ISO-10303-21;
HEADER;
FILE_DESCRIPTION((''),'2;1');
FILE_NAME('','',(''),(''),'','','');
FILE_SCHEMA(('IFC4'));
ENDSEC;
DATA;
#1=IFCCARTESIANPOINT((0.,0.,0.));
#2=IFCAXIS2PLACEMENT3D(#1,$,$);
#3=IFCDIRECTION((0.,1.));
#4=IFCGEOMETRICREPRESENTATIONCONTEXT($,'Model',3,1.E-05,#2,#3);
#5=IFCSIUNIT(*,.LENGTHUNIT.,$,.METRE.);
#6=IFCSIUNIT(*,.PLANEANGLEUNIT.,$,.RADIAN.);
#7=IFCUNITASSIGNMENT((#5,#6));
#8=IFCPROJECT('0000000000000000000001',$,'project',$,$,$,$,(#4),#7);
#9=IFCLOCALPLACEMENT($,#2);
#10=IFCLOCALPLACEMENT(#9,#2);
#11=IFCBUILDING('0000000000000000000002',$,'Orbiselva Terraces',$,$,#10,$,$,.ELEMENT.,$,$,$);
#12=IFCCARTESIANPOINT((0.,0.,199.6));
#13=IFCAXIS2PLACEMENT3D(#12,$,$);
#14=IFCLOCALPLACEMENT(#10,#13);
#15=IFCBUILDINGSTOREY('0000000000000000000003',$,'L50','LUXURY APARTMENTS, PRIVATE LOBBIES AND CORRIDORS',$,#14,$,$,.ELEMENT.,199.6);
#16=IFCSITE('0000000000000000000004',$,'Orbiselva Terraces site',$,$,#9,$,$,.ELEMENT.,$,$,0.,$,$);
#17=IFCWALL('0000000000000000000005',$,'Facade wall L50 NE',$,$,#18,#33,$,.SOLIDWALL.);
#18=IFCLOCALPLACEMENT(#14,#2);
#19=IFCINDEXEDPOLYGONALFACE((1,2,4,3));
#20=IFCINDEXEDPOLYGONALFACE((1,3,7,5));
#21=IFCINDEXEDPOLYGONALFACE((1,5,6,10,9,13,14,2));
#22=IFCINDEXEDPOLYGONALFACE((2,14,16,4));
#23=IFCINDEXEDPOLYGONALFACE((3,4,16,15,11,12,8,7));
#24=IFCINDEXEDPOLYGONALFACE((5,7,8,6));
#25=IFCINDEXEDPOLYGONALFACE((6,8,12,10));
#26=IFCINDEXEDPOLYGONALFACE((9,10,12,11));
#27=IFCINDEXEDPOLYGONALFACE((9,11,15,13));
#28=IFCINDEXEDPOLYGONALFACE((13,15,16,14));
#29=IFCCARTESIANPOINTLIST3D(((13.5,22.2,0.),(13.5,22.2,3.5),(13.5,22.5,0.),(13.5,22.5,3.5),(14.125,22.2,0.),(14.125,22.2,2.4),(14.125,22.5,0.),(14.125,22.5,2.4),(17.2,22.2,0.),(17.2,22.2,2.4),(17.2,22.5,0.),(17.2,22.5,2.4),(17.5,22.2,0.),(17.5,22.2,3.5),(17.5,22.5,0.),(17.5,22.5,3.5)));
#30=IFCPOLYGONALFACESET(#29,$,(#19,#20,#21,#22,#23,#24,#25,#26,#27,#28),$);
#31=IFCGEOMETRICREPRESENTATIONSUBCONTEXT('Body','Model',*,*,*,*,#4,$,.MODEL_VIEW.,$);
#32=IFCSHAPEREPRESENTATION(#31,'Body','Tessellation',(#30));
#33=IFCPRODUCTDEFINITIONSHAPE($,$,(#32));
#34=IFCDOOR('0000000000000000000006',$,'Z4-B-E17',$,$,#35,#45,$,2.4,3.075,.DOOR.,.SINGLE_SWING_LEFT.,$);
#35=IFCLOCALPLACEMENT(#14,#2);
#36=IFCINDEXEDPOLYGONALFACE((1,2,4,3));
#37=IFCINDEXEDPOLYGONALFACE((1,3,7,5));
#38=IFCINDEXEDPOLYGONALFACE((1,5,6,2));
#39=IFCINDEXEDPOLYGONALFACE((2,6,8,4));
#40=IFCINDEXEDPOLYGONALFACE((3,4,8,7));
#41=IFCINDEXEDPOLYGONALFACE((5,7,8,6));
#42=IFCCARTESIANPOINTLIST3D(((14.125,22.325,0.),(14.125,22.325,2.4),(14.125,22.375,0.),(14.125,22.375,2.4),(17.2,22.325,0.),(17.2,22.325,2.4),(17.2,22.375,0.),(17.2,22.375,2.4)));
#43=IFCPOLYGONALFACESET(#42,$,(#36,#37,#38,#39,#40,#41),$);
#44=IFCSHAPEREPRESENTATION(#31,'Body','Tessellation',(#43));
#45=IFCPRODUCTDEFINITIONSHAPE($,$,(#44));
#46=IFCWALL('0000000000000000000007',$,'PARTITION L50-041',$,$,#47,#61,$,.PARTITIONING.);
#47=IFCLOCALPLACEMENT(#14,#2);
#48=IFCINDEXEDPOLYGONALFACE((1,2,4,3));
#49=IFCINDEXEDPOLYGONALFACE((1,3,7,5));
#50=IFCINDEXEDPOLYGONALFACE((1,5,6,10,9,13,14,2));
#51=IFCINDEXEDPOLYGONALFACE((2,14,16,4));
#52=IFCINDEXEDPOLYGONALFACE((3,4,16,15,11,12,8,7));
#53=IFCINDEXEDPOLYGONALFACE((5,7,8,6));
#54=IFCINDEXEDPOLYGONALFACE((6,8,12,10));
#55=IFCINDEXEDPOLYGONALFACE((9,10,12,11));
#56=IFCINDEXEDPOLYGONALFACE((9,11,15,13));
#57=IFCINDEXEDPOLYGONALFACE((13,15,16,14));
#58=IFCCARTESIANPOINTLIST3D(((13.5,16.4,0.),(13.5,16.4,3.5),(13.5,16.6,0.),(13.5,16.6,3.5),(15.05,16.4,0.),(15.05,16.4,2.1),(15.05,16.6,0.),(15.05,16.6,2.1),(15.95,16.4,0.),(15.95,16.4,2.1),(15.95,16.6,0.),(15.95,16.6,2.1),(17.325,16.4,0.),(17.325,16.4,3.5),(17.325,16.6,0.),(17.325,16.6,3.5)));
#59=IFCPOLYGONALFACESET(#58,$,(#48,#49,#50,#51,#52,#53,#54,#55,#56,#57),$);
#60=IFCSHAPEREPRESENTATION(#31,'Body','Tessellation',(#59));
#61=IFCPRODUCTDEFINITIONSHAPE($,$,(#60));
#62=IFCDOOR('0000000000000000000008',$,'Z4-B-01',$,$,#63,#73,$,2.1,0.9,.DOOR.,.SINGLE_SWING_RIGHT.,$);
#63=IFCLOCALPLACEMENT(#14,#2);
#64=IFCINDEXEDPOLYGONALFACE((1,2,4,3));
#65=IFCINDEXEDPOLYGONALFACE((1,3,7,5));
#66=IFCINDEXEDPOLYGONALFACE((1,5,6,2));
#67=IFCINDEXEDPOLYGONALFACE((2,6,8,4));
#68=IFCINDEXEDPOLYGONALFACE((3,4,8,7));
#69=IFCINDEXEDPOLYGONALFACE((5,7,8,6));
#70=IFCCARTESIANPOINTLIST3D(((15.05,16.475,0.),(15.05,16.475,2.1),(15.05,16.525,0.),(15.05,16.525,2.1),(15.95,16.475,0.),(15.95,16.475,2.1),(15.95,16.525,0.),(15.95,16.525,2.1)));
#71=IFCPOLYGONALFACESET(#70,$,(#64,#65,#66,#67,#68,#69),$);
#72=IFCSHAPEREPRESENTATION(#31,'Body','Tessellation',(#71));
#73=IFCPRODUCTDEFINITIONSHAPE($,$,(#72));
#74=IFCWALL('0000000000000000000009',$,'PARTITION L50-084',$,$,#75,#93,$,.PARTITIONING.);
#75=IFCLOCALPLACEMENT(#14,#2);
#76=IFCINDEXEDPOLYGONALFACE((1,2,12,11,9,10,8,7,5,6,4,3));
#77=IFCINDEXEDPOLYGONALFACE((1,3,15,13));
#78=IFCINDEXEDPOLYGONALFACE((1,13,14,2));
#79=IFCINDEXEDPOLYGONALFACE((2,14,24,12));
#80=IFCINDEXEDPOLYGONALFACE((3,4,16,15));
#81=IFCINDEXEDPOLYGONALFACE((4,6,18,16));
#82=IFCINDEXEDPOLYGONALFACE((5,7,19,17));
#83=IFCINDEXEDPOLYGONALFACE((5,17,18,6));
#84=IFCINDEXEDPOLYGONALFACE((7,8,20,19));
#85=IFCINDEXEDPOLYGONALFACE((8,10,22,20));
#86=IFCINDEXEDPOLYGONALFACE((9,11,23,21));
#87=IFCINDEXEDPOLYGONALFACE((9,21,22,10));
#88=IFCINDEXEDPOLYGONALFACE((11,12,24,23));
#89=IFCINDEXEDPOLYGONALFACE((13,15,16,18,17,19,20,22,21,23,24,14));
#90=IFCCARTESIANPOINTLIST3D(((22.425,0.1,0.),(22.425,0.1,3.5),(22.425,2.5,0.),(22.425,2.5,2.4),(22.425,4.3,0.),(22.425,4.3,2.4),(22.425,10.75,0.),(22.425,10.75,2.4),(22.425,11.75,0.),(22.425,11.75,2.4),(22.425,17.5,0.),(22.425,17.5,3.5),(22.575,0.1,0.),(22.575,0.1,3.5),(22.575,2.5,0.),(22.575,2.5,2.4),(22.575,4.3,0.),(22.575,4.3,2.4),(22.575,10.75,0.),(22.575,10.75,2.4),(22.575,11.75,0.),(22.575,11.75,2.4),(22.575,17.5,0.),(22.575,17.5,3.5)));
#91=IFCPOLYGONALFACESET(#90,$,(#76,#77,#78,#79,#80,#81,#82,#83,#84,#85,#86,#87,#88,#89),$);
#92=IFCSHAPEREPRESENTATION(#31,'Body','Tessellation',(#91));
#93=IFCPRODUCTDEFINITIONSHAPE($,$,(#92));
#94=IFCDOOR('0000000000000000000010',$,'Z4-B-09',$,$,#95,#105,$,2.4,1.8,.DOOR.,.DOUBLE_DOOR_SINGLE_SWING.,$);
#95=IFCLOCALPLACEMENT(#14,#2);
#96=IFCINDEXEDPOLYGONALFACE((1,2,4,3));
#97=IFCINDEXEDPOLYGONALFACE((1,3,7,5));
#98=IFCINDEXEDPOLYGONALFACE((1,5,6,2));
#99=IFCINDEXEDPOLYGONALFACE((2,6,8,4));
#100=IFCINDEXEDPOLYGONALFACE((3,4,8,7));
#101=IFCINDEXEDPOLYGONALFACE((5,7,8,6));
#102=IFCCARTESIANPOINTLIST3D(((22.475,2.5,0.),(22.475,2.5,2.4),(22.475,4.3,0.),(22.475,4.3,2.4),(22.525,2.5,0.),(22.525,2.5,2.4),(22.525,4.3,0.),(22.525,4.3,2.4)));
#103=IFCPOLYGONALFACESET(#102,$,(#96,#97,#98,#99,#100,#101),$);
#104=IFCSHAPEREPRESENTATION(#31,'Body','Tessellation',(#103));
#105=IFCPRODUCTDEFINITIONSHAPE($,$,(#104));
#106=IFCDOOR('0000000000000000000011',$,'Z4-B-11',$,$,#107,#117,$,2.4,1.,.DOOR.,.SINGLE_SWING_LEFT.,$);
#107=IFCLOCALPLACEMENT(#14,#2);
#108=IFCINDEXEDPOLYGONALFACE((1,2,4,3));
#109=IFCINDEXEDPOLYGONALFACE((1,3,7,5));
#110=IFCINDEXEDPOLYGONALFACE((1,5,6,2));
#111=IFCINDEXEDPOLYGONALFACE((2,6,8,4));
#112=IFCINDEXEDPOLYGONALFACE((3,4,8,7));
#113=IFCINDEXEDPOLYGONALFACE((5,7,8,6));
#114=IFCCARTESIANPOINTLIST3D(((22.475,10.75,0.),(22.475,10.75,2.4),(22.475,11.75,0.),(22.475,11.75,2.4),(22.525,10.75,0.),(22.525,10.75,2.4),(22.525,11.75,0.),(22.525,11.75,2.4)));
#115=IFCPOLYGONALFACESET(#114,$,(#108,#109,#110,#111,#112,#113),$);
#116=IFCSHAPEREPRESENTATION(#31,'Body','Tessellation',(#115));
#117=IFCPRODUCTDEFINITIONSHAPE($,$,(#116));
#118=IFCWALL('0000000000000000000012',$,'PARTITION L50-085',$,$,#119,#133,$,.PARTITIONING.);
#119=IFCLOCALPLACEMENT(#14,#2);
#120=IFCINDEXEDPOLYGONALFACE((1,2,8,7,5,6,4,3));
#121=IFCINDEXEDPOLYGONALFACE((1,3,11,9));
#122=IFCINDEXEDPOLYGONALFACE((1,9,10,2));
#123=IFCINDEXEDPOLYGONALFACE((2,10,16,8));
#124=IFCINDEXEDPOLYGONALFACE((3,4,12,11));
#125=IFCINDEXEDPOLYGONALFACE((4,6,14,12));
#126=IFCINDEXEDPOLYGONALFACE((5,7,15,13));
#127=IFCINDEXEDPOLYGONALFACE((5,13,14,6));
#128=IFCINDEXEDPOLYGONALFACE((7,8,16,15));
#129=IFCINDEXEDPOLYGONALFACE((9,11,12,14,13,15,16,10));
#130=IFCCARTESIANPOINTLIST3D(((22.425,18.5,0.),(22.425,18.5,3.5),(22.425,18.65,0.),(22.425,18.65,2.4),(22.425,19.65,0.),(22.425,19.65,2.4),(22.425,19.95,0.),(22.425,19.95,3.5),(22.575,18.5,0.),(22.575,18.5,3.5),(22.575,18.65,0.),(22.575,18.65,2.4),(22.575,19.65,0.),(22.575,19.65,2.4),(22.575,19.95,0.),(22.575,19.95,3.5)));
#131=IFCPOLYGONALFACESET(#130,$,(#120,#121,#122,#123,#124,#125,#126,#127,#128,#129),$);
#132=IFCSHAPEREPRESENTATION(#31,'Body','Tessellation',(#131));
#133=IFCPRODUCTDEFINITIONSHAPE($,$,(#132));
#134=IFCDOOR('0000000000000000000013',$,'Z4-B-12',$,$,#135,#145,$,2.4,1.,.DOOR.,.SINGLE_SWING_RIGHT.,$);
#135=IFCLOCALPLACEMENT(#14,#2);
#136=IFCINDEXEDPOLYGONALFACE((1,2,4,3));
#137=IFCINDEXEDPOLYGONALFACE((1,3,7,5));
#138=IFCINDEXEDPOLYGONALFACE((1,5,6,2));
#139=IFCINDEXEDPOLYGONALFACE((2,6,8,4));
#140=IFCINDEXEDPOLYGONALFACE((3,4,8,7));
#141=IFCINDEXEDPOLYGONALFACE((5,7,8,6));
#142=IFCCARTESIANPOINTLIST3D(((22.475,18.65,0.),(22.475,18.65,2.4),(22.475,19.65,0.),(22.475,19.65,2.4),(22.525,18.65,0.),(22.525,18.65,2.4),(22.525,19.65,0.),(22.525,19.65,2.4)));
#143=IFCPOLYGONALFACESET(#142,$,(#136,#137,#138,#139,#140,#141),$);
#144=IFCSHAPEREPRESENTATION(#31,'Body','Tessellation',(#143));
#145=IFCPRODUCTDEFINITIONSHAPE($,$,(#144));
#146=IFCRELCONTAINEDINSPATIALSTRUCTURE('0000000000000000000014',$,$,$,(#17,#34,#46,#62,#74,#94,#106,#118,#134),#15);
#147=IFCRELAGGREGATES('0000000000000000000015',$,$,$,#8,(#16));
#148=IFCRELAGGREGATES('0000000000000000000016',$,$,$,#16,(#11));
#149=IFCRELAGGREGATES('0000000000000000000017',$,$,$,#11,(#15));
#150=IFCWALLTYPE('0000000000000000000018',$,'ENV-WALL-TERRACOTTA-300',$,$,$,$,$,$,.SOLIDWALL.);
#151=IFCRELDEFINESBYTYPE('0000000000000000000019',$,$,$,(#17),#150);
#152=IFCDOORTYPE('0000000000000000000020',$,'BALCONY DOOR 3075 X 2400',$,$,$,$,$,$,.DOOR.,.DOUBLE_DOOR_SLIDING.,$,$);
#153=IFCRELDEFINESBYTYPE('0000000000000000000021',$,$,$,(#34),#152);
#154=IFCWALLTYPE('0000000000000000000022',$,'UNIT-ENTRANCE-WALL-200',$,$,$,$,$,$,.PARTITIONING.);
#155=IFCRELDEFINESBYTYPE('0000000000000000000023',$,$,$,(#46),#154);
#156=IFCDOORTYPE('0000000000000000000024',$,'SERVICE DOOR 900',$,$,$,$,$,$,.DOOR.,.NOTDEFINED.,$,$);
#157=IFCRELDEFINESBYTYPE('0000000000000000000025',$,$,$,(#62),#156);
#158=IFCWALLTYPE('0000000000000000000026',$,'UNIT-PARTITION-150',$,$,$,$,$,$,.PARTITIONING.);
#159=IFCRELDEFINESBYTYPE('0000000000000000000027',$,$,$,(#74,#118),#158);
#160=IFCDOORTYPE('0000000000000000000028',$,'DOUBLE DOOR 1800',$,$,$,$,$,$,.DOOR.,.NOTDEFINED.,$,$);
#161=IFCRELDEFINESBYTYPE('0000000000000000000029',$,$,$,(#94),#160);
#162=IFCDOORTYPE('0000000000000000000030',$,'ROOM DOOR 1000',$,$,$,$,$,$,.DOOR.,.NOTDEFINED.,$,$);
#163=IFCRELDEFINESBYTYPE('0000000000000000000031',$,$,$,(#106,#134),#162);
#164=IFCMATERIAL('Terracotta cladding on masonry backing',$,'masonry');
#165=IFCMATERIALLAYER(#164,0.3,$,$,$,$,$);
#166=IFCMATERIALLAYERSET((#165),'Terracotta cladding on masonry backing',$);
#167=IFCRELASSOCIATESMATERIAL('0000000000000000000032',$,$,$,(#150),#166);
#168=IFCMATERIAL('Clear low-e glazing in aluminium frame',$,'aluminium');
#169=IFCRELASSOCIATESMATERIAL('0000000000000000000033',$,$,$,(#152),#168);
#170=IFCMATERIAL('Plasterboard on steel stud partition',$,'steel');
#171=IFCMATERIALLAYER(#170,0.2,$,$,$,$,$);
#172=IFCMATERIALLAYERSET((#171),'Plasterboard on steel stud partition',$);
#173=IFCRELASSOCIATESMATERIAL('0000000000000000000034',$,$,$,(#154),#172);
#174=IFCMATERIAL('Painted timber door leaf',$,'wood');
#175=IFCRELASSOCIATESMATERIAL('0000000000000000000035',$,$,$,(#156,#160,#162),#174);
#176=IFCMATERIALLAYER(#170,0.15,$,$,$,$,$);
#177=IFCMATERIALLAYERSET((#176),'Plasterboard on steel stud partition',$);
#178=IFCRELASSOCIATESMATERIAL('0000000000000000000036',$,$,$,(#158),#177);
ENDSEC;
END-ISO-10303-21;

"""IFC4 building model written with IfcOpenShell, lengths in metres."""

from ifc_helpers import new_model, si_unit, direction, frame, frame_2d, origin, place, context, subcontext, project, spatial, rectangle, extrude, material, layer, layer_set, type_object, element, fill, save


model = new_model("IFC4")

# Units and contexts
model_context = context("Model", 3, precision=1e-05, world=origin(), true_north=direction((0.0, 1.0)))
body_context = subcontext(model_context, "Body", "Model", "MODEL_VIEW")
ifc_project = project(units=[si_unit("LENGTHUNIT", "METRE"), si_unit("PLANEANGLEUNIT", "RADIAN")], contexts=[model_context])

# Site, building, storey
site_placement = place(None, origin())
site = spatial("IfcSite", under=ifc_project, at=site_placement, Name="Orbiselva Terraces site", CompositionType="ELEMENT", RefElevation=0.0)
building_placement = place(site_placement, origin())
building = spatial("IfcBuilding", under=site, at=building_placement, Name="Orbiselva Terraces", CompositionType="ELEMENT")
storey_placement = place(building_placement, frame((0.0, 0.0, 199.6)))
storey = spatial("IfcBuildingStorey", under=building, at=storey_placement, Name="L50", Description="LUXURY APARTMENTS, PRIVATE LOBBIES AND CORRIDORS", CompositionType="ELEMENT", Elevation=199.6)

# Shared definitions
ifc_material_1 = material(Name="Terracotta cladding on masonry backing", Category="masonry")
ifc_layer_1 = layer(ifc_material_1, 0.3)
ifc_layer_set_1 = layer_set([ifc_layer_1], Name="Terracotta cladding on masonry backing")
wall_type_1 = type_object("IfcWallType", Name="ENV-WALL-TERRACOTTA-300", PredefinedType="SOLIDWALL", material=ifc_layer_set_1)
ifc_material_2 = material(Name="Clear low-e glazing in aluminium frame", Category="aluminium")

# Walls, openings, doors
wall_1_placement = place(storey_placement, frame((13.5, 22.35, 0.0), z_axis=(0.0, 0.0, 1.0), x_axis=(1.0, 0.0, 0.0)))
wall_1 = element("IfcWall", 1, at=wall_1_placement, inside=storey, type_object=wall_type_1, Name="Facade wall L50 NE", PredefinedType="SOLIDWALL", context=body_context, shape_type="SweptSolid", body=[
    extrude(rectangle(XDim=4.0, YDim=0.3, at=frame_2d((2.0, 0.0))), origin(), (0.0, 0.0, 1.0), 3.5),
])
opening_1_placement = place(wall_1_placement, frame((0.625, 0.0, 0.0)))
opening_1 = element("IfcOpeningElement", 2, at=opening_1_placement, cuts=wall_1, PredefinedType="OPENING", context=body_context, shape_type="SweptSolid", body=[
    extrude(rectangle(XDim=3.075, YDim=2.4, at=frame_2d((1.5375, 1.2))), frame((0.0, 0.16, 0.0), z_axis=(0.0, -1.0, 0.0), x_axis=(1.0, 0.0, 0.0)), (0.0, 0.0, 1.0), 0.32),
])
door_type_1 = type_object("IfcDoorType", Name="BALCONY DOOR 3075 X 2400", OperationType="DOUBLE_DOOR_SLIDING", PredefinedType="DOOR", material=ifc_material_2)
door_1_placement = place(opening_1_placement, origin())
door_1 = element("IfcDoor", 3, at=door_1_placement, inside=storey, type_object=door_type_1, Name="Z4-B-E17", OperationType="SINGLE_SWING_LEFT", OverallHeight=2.4, OverallWidth=3.075, PredefinedType="DOOR", context=body_context, shape_type="SweptSolid", body=[
    extrude(rectangle(XDim=3.075, YDim=2.4, at=frame_2d((1.5375, 1.2))), frame((0.0, 0.025, 0.0), z_axis=(0.0, -1.0, 0.0), x_axis=(1.0, 0.0, 0.0)), (0.0, 0.0, 1.0), 0.05),
])
fill(opening_1, door_1)
ifc_material_3 = material(Name="Plasterboard on steel stud partition", Category="steel")
ifc_layer_2 = layer(ifc_material_3, 0.2)
ifc_layer_set_2 = layer_set([ifc_layer_2], Name="Plasterboard on steel stud partition")
wall_type_2 = type_object("IfcWallType", Name="UNIT-ENTRANCE-WALL-200", PredefinedType="PARTITIONING", material=ifc_layer_set_2)
wall_2_placement = place(storey_placement, frame((13.5, 16.5, 0.0), z_axis=(0.0, 0.0, 1.0), x_axis=(1.0, 0.0, 0.0)))
wall_2 = element("IfcWall", 4, at=wall_2_placement, inside=storey, type_object=wall_type_2, Name="PARTITION L50-041", PredefinedType="PARTITIONING", context=body_context, shape_type="SweptSolid", body=[
    extrude(rectangle(XDim=3.825, YDim=0.2, at=frame_2d((1.9125, 0.0))), origin(), (0.0, 0.0, 1.0), 3.5),
])
opening_2_placement = place(wall_2_placement, frame((1.55, 0.0, 0.0)))
opening_2 = element("IfcOpeningElement", 5, at=opening_2_placement, cuts=wall_2, PredefinedType="OPENING", context=body_context, shape_type="SweptSolid", body=[
    extrude(rectangle(XDim=0.9, YDim=2.1, at=frame_2d((0.45, 1.05))), frame((0.0, 0.11, 0.0), z_axis=(0.0, -1.0, 0.0), x_axis=(1.0, 0.0, 0.0)), (0.0, 0.0, 1.0), 0.22),
])
ifc_material_4 = material(Name="Painted timber door leaf", Category="wood")
door_type_2 = type_object("IfcDoorType", Name="SERVICE DOOR 900", OperationType="NOTDEFINED", PredefinedType="DOOR", material=ifc_material_4)
door_2_placement = place(opening_2_placement, origin())
door_2 = element("IfcDoor", 6, at=door_2_placement, inside=storey, type_object=door_type_2, Name="Z4-B-01", OperationType="SINGLE_SWING_RIGHT", OverallHeight=2.1, OverallWidth=0.9, PredefinedType="DOOR", context=body_context, shape_type="SweptSolid", body=[
    extrude(rectangle(XDim=0.9, YDim=2.1, at=frame_2d((0.45, 1.05))), frame((0.0, 0.025, 0.0), z_axis=(0.0, -1.0, 0.0), x_axis=(1.0, 0.0, 0.0)), (0.0, 0.0, 1.0), 0.05),
])
fill(opening_2, door_2)

# Wall, openings, doors
ifc_layer_3 = layer(ifc_material_3, 0.15)
ifc_layer_set_3 = layer_set([ifc_layer_3], Name="Plasterboard on steel stud partition")
wall_type_3 = type_object("IfcWallType", Name="UNIT-PARTITION-150", PredefinedType="PARTITIONING", material=ifc_layer_set_3)
wall_3_placement = place(storey_placement, frame((22.5, 17.5, 0.0), z_axis=(0.0, 0.0, 1.0), x_axis=(0.0, -1.0, 0.0)))
wall_3 = element("IfcWall", 7, at=wall_3_placement, inside=storey, type_object=wall_type_3, Name="PARTITION L50-084", PredefinedType="PARTITIONING", context=body_context, shape_type="SweptSolid", body=[
    extrude(rectangle(XDim=17.4, YDim=0.15, at=frame_2d((8.7, 0.0))), origin(), (0.0, 0.0, 1.0), 3.5),
])
opening_3_placement = place(wall_3_placement, frame((13.2, 0.0, 0.0)))
opening_3 = element("IfcOpeningElement", 8, at=opening_3_placement, cuts=wall_3, PredefinedType="OPENING", context=body_context, shape_type="SweptSolid", body=[
    extrude(rectangle(XDim=1.8, YDim=2.4, at=frame_2d((0.9, 1.2))), frame((0.0, 0.085, 0.0), z_axis=(0.0, -1.0, 0.0), x_axis=(1.0, 0.0, 0.0)), (0.0, 0.0, 1.0), 0.17),
])
opening_4_placement = place(wall_3_placement, frame((5.75, 0.0, 0.0)))
opening_4 = element("IfcOpeningElement", 9, at=opening_4_placement, cuts=wall_3, PredefinedType="OPENING", context=body_context, shape_type="SweptSolid", body=[
    extrude(rectangle(XDim=1.0, YDim=2.4, at=frame_2d((0.5, 1.2))), frame((0.0, 0.085, 0.0), z_axis=(0.0, -1.0, 0.0), x_axis=(1.0, 0.0, 0.0)), (0.0, 0.0, 1.0), 0.17),
])
door_type_3 = type_object("IfcDoorType", Name="DOUBLE DOOR 1800", OperationType="NOTDEFINED", PredefinedType="DOOR", material=ifc_material_4)
door_3_placement = place(opening_3_placement, origin())
door_3 = element("IfcDoor", 10, at=door_3_placement, inside=storey, type_object=door_type_3, Name="Z4-B-09", OperationType="DOUBLE_DOOR_SINGLE_SWING", OverallHeight=2.4, OverallWidth=1.8, PredefinedType="DOOR", context=body_context, shape_type="SweptSolid", body=[
    extrude(rectangle(XDim=1.8, YDim=2.4, at=frame_2d((0.9, 1.2))), frame((0.0, 0.025, 0.0), z_axis=(0.0, -1.0, 0.0), x_axis=(1.0, 0.0, 0.0)), (0.0, 0.0, 1.0), 0.05),
])
fill(opening_3, door_3)
door_type_4 = type_object("IfcDoorType", Name="ROOM DOOR 1000", OperationType="NOTDEFINED", PredefinedType="DOOR", material=ifc_material_4)
door_4_placement = place(opening_4_placement, origin())
door_4 = element("IfcDoor", 11, at=door_4_placement, inside=storey, type_object=door_type_4, Name="Z4-B-11", OperationType="SINGLE_SWING_LEFT", OverallHeight=2.4, OverallWidth=1.0, PredefinedType="DOOR", context=body_context, shape_type="SweptSolid", body=[
    extrude(rectangle(XDim=1.0, YDim=2.4, at=frame_2d((0.5, 1.2))), frame((0.0, 0.025, 0.0), z_axis=(0.0, -1.0, 0.0), x_axis=(1.0, 0.0, 0.0)), (0.0, 0.0, 1.0), 0.05),
])
fill(opening_4, door_4)

# Wall, opening, door
wall_4_placement = place(storey_placement, frame((22.5, 19.95, 0.0), z_axis=(0.0, 0.0, 1.0), x_axis=(0.0, -1.0, 0.0)))
wall_4 = element("IfcWall", 12, at=wall_4_placement, inside=storey, type_object=wall_type_3, Name="PARTITION L50-085", PredefinedType="PARTITIONING", context=body_context, shape_type="SweptSolid", body=[
    extrude(rectangle(XDim=1.45, YDim=0.15, at=frame_2d((0.725, 0.0))), origin(), (0.0, 0.0, 1.0), 3.5),
])
opening_5_placement = place(wall_4_placement, frame((0.3, 0.0, 0.0)))
opening_5 = element("IfcOpeningElement", 13, at=opening_5_placement, cuts=wall_4, PredefinedType="OPENING", context=body_context, shape_type="SweptSolid", body=[
    extrude(rectangle(XDim=1.0, YDim=2.4, at=frame_2d((0.5, 1.2))), frame((0.0, 0.085, 0.0), z_axis=(0.0, -1.0, 0.0), x_axis=(1.0, 0.0, 0.0)), (0.0, 0.0, 1.0), 0.17),
])
door_5_placement = place(opening_5_placement, origin())
door_5 = element("IfcDoor", 14, at=door_5_placement, inside=storey, type_object=door_type_4, Name="Z4-B-12", OperationType="SINGLE_SWING_RIGHT", OverallHeight=2.4, OverallWidth=1.0, PredefinedType="DOOR", context=body_context, shape_type="SweptSolid", body=[
    extrude(rectangle(XDim=1.0, YDim=2.4, at=frame_2d((0.5, 1.2))), frame((0.0, 0.025, 0.0), z_axis=(0.0, -1.0, 0.0), x_axis=(1.0, 0.0, 0.0)), (0.0, 0.0, 1.0), 0.05),
])
fill(opening_5, door_5)

save(model, "model.ifc")
